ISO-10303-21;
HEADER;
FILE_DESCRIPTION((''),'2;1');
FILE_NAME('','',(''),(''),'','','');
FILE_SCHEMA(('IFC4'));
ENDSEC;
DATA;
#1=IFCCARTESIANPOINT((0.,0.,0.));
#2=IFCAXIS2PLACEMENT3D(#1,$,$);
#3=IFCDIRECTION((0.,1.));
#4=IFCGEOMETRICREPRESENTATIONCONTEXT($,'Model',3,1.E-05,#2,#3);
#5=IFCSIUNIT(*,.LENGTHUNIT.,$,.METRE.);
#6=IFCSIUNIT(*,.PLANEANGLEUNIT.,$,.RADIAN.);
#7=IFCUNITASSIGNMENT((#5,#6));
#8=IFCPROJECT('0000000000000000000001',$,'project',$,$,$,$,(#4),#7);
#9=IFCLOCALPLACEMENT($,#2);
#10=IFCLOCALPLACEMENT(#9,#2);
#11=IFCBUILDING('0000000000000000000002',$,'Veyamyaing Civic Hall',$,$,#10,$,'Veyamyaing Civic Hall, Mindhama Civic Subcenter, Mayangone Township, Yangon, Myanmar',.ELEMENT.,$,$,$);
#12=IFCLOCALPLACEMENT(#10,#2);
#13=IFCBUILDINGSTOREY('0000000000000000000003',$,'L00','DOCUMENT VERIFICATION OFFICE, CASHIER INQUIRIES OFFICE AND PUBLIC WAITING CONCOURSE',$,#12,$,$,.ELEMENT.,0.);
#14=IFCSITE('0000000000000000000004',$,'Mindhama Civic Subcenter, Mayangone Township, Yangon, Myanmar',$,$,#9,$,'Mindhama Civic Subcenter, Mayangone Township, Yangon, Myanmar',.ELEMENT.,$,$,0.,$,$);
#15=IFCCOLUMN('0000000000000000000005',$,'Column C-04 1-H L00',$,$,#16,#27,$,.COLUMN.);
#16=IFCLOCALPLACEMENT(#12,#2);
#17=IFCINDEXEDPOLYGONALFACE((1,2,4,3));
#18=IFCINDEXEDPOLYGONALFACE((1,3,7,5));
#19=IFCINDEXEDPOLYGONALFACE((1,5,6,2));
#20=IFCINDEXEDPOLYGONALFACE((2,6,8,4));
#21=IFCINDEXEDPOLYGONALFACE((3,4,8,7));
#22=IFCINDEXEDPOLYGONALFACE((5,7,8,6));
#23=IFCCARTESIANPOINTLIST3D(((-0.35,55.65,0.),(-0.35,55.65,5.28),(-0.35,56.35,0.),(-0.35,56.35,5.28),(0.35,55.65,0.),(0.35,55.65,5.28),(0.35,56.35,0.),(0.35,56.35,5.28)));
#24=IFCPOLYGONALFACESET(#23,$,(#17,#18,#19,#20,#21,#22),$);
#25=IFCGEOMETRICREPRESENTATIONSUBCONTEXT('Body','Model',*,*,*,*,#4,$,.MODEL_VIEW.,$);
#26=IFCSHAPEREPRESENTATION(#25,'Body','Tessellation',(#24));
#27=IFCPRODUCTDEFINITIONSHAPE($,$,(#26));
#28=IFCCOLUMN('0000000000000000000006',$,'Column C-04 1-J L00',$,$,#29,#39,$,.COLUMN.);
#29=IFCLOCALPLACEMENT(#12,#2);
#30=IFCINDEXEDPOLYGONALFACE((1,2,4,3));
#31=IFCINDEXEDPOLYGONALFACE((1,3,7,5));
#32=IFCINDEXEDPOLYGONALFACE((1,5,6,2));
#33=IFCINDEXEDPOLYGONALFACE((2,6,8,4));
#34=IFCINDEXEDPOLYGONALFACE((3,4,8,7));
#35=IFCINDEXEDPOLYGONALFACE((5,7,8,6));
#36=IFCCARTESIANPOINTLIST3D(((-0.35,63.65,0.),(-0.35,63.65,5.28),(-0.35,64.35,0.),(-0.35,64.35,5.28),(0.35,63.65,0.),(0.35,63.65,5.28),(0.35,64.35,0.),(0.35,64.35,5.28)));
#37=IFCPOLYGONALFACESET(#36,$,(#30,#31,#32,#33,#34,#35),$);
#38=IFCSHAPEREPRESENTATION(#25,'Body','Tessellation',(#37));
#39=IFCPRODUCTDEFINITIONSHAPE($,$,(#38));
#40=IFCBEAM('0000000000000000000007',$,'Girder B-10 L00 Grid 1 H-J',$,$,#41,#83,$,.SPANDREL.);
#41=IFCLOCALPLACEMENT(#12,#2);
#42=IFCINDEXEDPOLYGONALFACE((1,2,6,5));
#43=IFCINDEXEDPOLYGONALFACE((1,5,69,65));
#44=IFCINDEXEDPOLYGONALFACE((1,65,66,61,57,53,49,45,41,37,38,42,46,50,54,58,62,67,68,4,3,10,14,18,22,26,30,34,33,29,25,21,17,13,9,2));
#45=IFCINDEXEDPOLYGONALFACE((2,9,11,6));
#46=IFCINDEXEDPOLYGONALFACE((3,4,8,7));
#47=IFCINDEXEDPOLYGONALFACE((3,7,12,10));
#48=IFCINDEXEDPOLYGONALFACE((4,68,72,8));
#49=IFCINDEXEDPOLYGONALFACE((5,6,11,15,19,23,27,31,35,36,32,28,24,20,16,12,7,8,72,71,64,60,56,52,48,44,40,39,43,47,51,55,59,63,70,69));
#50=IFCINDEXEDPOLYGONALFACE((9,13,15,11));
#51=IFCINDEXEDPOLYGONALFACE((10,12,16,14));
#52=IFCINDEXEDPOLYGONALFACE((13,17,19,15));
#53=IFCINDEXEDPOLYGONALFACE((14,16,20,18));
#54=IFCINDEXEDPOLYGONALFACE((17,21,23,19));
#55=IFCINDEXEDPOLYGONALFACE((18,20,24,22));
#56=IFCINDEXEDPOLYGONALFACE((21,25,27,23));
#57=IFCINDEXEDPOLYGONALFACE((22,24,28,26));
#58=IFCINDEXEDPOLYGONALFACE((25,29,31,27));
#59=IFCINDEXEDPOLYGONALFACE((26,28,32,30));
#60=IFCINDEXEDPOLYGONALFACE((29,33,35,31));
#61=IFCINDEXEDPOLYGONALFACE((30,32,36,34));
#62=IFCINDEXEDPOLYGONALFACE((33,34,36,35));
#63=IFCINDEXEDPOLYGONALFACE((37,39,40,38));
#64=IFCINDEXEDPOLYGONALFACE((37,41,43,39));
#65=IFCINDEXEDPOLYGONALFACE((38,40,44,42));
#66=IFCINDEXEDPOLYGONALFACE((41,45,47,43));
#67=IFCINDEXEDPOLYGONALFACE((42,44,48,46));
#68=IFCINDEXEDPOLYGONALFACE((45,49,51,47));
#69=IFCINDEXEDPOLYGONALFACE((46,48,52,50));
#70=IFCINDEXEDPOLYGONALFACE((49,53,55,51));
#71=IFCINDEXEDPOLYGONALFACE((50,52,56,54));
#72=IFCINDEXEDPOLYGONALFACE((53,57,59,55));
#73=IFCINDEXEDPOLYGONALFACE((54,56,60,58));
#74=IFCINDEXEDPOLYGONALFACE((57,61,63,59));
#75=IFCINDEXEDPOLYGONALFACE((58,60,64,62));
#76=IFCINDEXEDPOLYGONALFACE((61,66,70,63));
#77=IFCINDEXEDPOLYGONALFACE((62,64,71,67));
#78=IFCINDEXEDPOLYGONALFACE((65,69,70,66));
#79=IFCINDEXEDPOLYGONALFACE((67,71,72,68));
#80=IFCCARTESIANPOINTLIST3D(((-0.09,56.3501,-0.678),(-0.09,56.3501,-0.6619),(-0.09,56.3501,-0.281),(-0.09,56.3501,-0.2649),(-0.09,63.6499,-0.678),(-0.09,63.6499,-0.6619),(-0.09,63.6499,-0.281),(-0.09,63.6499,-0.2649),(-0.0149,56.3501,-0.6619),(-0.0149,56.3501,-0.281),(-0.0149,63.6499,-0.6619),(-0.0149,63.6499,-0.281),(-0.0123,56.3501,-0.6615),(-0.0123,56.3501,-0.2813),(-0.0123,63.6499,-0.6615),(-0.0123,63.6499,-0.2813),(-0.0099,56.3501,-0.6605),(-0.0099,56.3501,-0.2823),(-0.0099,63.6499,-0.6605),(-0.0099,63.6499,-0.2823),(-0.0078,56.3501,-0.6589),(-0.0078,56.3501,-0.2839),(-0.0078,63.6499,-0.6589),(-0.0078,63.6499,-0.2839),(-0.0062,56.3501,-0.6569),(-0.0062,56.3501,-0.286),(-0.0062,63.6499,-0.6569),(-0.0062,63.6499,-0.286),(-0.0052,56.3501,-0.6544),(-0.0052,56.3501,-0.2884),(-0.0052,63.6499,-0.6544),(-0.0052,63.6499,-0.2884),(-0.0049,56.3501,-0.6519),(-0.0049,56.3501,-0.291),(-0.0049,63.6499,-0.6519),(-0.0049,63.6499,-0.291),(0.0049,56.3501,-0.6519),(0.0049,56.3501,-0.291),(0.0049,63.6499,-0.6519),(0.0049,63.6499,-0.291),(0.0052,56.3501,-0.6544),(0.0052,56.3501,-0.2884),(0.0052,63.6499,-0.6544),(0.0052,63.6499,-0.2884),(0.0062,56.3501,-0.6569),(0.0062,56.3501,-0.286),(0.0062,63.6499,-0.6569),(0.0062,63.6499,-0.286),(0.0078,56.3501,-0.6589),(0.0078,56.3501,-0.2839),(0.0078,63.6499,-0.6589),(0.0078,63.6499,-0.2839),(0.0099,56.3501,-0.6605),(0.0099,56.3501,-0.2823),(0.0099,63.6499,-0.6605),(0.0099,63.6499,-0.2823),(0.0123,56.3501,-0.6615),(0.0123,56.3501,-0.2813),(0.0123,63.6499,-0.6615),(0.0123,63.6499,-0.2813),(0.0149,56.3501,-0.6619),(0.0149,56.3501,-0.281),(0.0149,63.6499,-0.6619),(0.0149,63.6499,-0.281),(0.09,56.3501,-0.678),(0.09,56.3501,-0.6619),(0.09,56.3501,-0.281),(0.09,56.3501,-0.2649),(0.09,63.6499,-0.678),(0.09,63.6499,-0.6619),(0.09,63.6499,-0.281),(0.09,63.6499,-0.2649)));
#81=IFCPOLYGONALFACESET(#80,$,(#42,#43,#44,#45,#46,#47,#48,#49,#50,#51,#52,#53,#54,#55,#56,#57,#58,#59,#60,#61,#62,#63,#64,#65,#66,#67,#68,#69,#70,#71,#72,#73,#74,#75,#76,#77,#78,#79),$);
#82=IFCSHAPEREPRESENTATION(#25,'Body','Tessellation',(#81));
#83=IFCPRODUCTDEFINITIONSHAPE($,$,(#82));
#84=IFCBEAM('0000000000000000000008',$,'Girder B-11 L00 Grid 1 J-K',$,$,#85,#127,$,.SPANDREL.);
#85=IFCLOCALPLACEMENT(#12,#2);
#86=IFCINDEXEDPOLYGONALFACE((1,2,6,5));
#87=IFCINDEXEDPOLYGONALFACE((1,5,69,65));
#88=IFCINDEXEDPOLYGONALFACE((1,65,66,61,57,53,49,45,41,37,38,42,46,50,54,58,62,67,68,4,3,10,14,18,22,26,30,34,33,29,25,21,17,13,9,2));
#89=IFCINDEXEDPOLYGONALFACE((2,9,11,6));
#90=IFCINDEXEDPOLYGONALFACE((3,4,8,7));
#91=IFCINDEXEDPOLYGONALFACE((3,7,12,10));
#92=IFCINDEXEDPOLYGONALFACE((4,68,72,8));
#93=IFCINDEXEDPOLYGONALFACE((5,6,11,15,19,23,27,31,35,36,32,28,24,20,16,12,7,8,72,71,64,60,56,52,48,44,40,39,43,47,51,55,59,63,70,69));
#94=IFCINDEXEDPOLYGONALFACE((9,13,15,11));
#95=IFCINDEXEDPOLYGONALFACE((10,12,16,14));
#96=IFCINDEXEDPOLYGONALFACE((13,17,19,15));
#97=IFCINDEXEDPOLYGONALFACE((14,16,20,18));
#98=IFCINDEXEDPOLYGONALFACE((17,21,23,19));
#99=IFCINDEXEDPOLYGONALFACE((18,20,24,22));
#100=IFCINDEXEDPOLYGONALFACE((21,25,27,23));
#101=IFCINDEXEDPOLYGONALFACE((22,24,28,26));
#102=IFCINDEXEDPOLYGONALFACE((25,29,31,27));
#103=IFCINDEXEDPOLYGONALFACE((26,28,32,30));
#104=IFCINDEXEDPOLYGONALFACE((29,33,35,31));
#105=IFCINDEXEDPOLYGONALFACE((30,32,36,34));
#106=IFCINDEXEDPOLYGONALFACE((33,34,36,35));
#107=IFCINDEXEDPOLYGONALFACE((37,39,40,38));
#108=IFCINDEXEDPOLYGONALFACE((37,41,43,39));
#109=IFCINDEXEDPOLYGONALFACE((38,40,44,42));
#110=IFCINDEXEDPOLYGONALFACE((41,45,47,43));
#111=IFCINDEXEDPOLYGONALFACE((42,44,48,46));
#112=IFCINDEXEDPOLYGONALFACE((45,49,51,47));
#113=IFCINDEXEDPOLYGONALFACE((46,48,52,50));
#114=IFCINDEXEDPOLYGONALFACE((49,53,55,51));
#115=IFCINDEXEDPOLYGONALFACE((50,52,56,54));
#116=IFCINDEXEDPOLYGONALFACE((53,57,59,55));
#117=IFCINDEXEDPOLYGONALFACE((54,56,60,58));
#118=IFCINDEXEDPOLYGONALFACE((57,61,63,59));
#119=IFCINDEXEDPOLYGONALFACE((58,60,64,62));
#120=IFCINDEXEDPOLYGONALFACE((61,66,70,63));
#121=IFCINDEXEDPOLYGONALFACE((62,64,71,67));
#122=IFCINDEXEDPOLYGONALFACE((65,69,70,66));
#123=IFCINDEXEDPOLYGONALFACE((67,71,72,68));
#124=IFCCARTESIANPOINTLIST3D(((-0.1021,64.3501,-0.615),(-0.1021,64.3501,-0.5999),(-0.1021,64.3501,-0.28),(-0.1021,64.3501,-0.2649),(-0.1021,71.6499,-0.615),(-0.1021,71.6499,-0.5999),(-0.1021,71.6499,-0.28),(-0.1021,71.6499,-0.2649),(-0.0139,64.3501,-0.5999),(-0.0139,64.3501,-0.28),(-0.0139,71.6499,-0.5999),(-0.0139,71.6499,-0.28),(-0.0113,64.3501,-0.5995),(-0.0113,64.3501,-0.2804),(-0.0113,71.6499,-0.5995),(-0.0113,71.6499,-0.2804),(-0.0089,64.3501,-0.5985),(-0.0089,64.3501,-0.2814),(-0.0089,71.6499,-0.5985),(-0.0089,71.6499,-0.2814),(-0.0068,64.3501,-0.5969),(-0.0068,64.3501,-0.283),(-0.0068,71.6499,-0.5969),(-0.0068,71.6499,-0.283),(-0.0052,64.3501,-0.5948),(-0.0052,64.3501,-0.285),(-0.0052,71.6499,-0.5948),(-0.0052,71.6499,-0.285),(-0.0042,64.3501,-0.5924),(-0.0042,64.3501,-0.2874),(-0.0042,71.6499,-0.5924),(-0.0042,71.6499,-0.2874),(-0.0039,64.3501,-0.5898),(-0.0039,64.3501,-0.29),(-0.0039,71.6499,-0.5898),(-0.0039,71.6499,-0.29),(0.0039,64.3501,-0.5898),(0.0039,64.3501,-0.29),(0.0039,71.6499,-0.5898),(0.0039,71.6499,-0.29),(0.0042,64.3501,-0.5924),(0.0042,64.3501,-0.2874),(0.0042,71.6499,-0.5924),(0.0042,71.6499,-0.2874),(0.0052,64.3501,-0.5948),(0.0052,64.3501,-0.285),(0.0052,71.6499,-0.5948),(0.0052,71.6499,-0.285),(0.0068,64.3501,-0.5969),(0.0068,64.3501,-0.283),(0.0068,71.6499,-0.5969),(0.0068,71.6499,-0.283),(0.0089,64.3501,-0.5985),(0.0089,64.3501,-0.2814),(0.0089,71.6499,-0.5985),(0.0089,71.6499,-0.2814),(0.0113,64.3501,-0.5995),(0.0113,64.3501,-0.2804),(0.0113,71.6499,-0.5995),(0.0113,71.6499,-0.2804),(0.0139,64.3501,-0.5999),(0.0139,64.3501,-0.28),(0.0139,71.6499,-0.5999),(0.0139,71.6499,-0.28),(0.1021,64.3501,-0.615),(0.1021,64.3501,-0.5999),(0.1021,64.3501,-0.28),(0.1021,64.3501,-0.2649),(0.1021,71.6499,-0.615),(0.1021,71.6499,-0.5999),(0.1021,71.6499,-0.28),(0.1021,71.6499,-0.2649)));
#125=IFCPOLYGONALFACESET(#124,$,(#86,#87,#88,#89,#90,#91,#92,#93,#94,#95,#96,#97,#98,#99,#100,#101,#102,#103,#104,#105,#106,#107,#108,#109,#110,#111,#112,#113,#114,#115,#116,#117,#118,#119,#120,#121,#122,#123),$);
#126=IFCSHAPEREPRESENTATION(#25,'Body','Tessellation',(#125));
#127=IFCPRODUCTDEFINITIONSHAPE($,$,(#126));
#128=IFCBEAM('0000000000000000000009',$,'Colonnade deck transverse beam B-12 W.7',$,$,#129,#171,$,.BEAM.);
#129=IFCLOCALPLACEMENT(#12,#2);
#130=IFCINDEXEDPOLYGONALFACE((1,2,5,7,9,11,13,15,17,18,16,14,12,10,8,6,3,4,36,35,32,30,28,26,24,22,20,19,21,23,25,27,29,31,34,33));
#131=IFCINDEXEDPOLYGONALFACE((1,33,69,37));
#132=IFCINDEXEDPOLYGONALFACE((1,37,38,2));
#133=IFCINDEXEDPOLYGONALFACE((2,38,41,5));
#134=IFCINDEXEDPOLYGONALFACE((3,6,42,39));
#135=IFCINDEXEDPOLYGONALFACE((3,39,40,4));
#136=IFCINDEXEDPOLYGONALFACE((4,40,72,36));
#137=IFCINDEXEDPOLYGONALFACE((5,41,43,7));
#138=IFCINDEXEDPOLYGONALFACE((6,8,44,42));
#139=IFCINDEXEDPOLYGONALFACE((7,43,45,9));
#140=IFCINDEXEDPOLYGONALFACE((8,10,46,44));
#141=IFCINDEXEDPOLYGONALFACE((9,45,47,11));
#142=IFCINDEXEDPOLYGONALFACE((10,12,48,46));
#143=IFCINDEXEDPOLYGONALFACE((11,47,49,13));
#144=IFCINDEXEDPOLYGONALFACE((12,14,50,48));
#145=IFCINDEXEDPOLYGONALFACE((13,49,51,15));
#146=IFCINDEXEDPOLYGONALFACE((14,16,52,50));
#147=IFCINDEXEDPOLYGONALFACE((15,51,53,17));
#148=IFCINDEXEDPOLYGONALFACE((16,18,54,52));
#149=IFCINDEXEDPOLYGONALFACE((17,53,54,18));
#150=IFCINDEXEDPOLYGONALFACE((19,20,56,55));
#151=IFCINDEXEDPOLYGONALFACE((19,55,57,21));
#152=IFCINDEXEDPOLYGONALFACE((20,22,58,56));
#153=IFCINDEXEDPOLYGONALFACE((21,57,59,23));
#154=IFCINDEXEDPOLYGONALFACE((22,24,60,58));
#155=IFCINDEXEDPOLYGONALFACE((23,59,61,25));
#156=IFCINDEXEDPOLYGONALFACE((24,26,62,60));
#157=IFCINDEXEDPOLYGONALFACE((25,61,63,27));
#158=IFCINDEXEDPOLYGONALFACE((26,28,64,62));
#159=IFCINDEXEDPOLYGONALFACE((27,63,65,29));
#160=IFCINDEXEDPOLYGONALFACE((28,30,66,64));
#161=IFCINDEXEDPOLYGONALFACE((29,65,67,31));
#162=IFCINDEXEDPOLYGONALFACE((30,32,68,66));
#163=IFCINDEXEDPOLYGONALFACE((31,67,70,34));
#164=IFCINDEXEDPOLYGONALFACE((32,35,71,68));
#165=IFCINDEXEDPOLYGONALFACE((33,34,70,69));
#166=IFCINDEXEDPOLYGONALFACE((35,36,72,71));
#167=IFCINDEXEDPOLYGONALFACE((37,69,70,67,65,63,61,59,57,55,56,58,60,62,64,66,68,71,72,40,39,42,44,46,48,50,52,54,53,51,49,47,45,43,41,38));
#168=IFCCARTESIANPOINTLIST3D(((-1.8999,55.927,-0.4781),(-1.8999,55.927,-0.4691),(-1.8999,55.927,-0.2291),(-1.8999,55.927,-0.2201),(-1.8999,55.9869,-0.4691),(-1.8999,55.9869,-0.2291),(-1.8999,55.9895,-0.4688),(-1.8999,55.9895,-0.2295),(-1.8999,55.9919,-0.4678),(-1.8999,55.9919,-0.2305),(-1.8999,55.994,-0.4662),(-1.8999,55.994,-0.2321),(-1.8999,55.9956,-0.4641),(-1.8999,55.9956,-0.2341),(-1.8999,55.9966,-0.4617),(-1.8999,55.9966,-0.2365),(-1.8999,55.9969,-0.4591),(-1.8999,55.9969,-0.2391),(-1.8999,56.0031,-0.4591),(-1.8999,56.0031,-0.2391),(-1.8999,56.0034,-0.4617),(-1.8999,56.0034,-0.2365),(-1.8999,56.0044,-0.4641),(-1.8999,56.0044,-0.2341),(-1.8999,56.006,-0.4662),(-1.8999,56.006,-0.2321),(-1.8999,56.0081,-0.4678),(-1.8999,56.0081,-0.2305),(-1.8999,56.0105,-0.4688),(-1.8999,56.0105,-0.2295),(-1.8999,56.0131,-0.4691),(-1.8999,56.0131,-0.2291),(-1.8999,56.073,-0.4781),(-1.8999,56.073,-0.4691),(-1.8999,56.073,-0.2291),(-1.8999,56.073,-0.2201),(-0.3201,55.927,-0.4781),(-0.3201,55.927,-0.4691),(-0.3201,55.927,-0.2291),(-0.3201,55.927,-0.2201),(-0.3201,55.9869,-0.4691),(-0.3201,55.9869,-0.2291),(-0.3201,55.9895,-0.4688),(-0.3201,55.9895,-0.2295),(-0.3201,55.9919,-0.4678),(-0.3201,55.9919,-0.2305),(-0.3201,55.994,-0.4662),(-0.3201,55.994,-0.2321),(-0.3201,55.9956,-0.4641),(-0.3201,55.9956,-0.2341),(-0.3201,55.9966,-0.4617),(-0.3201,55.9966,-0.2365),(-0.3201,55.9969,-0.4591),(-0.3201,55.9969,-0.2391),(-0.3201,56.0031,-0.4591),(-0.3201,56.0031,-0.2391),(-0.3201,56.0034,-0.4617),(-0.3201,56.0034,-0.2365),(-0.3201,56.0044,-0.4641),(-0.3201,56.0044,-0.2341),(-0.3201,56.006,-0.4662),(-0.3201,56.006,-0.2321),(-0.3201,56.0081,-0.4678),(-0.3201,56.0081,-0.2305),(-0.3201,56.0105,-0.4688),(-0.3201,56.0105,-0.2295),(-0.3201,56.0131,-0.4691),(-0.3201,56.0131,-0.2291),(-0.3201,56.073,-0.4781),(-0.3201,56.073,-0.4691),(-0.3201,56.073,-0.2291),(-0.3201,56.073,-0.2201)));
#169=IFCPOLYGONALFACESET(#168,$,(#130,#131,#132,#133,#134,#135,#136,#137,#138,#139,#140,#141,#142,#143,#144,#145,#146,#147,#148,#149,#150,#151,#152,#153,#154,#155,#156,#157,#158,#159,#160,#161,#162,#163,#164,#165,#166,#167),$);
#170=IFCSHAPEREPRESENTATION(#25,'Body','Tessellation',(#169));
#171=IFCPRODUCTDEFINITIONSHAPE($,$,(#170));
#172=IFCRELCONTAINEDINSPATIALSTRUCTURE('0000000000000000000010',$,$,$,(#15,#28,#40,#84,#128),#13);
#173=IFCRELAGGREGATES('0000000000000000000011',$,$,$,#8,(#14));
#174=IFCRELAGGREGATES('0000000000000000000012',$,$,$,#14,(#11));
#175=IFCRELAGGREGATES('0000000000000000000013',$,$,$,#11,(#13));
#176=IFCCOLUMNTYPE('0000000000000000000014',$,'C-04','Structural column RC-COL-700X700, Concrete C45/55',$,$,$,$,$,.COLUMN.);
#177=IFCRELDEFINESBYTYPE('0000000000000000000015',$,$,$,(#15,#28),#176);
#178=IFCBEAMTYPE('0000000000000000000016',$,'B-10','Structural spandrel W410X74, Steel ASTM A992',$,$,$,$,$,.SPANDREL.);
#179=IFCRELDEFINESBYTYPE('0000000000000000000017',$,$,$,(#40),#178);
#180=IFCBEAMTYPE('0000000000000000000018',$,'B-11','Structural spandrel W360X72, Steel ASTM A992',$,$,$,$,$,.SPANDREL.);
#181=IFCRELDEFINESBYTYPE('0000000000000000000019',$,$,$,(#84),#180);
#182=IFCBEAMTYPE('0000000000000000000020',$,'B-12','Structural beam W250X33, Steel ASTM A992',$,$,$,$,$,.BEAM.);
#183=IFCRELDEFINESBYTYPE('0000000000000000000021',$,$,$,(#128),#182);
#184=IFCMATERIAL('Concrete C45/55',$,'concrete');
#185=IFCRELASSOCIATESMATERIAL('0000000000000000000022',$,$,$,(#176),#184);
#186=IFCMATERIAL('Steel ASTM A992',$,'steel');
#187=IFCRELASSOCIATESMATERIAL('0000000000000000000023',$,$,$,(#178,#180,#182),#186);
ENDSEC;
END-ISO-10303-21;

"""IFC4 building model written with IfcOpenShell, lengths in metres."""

from ifc_helpers import new_model, si_unit, direction, frame, origin, origin_2d, place, context, subcontext, project, spatial, rectangle, i_section, extrude, material, material_profile, profile_set, type_object, element, save


model = new_model("IFC4")

# Units and contexts
model_context = context("Model", 3, precision=1e-05, world=origin(), true_north=direction((0.0, 1.0)))
body_context = subcontext(model_context, "Body", "Model", "MODEL_VIEW")
ifc_project = project(units=[si_unit("LENGTHUNIT", "METRE"), si_unit("PLANEANGLEUNIT", "RADIAN")], contexts=[model_context])

# Site, building, storey
site_placement = place(None, origin())
site = spatial("IfcSite", under=ifc_project, at=site_placement, Name="Mindhama Civic Subcenter, Mayangone Township, Yangon, Myanmar", LongName="Mindhama Civic Subcenter, Mayangone Township, Yangon, Myanmar", CompositionType="ELEMENT", RefElevation=0.0)
building_placement = place(site_placement, origin())
building = spatial("IfcBuilding", under=site, at=building_placement, Name="Veyamyaing Civic Hall", LongName="Veyamyaing Civic Hall, Mindhama Civic Subcenter, Mayangone Township, Yangon, Myanmar", CompositionType="ELEMENT")
storey_placement = place(building_placement, origin())
storey = spatial("IfcBuildingStorey", under=building, at=storey_placement, Name="L00", Description="DOCUMENT VERIFICATION OFFICE, CASHIER INQUIRIES OFFICE AND PUBLIC WAITING CONCOURSE", CompositionType="ELEMENT", Elevation=0.0)

# Columns
ifc_material_1 = material(Name="Concrete C45/55", Category="concrete")
ifc_material_profile_1 = material_profile(ifc_material_1, rectangle(XDim=0.7, YDim=0.7, at=origin_2d()), Name="RC-COL-700X700")
ifc_profile_set_1 = profile_set([ifc_material_profile_1], Name="Concrete C45/55")
column_type = type_object("IfcColumnType", Name="C-04", Description="Structural column RC-COL-700X700, Concrete C45/55", PredefinedType="COLUMN", material=ifc_profile_set_1)
for number, where, z_axis, x_axis, name in (
    (1, (0.0, 56.0, 0.0), (0.0, 0.0, 1.0), (1.0, 0.0, 0.0), "Column C-04 1-H L00"),
    (2, (0.0, 64.0, 0.0), (0.0, 0.0, 1.0), (1.0, 0.0, 0.0), "Column C-04 1-J L00"),
):
    element("IfcColumn", number, at=place(storey_placement, frame(where, z_axis=z_axis, x_axis=x_axis)), inside=storey, type_object=column_type, Name=name, PredefinedType="COLUMN", context=body_context, shape_type="SweptSolid", body=[
        extrude(rectangle(XDim=0.7, YDim=0.7, at=origin_2d()), origin(), (0.0, 0.0, 1.0), 5.28),
    ])

# Beams
ifc_material_2 = material(Name="Steel ASTM A992", Category="steel")
ifc_material_profile_2 = material_profile(ifc_material_2, i_section(OverallWidth=0.1799, OverallDepth=0.4131, WebThickness=0.0098, FlangeThickness=0.0161, FilletRadius=0.01, at=origin_2d()), Name="W410X74")
ifc_profile_set_2 = profile_set([ifc_material_profile_2], Name="Steel ASTM A992")
beam_type_1 = type_object("IfcBeamType", Name="B-10", Description="Structural spandrel W410X74, Steel ASTM A992", PredefinedType="SPANDREL", material=ifc_profile_set_2)
beam_1_placement = place(storey_placement, frame((0.0, 56.3501, -0.4714), z_axis=(0.0, 1.0, 0.0), x_axis=(-1.0, 0.0, 0.0)))
element("IfcBeam", 3, at=beam_1_placement, inside=storey, type_object=beam_type_1, Name="Girder B-10 L00 Grid 1 H-J", PredefinedType="SPANDREL", context=body_context, shape_type="SweptSolid", body=[
    extrude(i_section(OverallWidth=0.1799, OverallDepth=0.4131, WebThickness=0.0098, FlangeThickness=0.0161, FilletRadius=0.01, at=origin_2d()), origin(), (0.0, 0.0, 1.0), 7.2998),
])
ifc_material_profile_3 = material_profile(ifc_material_2, i_section(OverallWidth=0.2041, OverallDepth=0.3501, WebThickness=0.0078, FlangeThickness=0.0151, FilletRadius=0.01, at=origin_2d()), Name="W360X72")
ifc_profile_set_3 = profile_set([ifc_material_profile_3], Name="Steel ASTM A992")
beam_type_2 = type_object("IfcBeamType", Name="B-11", Description="Structural spandrel W360X72, Steel ASTM A992", PredefinedType="SPANDREL", material=ifc_profile_set_3)
beam_2_placement = place(storey_placement, frame((0.0, 64.3501, -0.4399), z_axis=(0.0, 1.0, 0.0), x_axis=(-1.0, 0.0, 0.0)))
element("IfcBeam", 4, at=beam_2_placement, inside=storey, type_object=beam_type_2, Name="Girder B-11 L00 Grid 1 J-K", PredefinedType="SPANDREL", context=body_context, shape_type="SweptSolid", body=[
    extrude(i_section(OverallWidth=0.2041, OverallDepth=0.3501, WebThickness=0.0078, FlangeThickness=0.0151, FilletRadius=0.01, at=origin_2d()), origin(), (0.0, 0.0, 1.0), 7.2998),
])
ifc_material_profile_4 = material_profile(ifc_material_2, i_section(OverallWidth=0.146, OverallDepth=0.2581, WebThickness=0.0061, FlangeThickness=0.009, FilletRadius=0.01, at=origin_2d()), Name="W250X33")
ifc_profile_set_4 = profile_set([ifc_material_profile_4], Name="Steel ASTM A992")
beam_type_3 = type_object("IfcBeamType", Name="B-12", Description="Structural beam W250X33, Steel ASTM A992", PredefinedType="BEAM", material=ifc_profile_set_4)
for number, where, z_axis, x_axis, name in (
    (5, (-1.8999, 56.0, -0.3491), (1.0, 0.0, 0.0), (0.0, 1.0, 0.0), "Colonnade deck transverse beam B-12 W.7"),
):
    element("IfcBeam", number, at=place(storey_placement, frame(where, z_axis=z_axis, x_axis=x_axis)), inside=storey, type_object=beam_type_3, Name=name, PredefinedType="BEAM", context=body_context, shape_type="SweptSolid", body=[
        extrude(i_section(OverallWidth=0.146, OverallDepth=0.2581, WebThickness=0.0061, FlangeThickness=0.009, FilletRadius=0.01, at=origin_2d()), origin(), (0.0, 0.0, 1.0), 1.5798),
    ])

save(model, "model.ifc")
